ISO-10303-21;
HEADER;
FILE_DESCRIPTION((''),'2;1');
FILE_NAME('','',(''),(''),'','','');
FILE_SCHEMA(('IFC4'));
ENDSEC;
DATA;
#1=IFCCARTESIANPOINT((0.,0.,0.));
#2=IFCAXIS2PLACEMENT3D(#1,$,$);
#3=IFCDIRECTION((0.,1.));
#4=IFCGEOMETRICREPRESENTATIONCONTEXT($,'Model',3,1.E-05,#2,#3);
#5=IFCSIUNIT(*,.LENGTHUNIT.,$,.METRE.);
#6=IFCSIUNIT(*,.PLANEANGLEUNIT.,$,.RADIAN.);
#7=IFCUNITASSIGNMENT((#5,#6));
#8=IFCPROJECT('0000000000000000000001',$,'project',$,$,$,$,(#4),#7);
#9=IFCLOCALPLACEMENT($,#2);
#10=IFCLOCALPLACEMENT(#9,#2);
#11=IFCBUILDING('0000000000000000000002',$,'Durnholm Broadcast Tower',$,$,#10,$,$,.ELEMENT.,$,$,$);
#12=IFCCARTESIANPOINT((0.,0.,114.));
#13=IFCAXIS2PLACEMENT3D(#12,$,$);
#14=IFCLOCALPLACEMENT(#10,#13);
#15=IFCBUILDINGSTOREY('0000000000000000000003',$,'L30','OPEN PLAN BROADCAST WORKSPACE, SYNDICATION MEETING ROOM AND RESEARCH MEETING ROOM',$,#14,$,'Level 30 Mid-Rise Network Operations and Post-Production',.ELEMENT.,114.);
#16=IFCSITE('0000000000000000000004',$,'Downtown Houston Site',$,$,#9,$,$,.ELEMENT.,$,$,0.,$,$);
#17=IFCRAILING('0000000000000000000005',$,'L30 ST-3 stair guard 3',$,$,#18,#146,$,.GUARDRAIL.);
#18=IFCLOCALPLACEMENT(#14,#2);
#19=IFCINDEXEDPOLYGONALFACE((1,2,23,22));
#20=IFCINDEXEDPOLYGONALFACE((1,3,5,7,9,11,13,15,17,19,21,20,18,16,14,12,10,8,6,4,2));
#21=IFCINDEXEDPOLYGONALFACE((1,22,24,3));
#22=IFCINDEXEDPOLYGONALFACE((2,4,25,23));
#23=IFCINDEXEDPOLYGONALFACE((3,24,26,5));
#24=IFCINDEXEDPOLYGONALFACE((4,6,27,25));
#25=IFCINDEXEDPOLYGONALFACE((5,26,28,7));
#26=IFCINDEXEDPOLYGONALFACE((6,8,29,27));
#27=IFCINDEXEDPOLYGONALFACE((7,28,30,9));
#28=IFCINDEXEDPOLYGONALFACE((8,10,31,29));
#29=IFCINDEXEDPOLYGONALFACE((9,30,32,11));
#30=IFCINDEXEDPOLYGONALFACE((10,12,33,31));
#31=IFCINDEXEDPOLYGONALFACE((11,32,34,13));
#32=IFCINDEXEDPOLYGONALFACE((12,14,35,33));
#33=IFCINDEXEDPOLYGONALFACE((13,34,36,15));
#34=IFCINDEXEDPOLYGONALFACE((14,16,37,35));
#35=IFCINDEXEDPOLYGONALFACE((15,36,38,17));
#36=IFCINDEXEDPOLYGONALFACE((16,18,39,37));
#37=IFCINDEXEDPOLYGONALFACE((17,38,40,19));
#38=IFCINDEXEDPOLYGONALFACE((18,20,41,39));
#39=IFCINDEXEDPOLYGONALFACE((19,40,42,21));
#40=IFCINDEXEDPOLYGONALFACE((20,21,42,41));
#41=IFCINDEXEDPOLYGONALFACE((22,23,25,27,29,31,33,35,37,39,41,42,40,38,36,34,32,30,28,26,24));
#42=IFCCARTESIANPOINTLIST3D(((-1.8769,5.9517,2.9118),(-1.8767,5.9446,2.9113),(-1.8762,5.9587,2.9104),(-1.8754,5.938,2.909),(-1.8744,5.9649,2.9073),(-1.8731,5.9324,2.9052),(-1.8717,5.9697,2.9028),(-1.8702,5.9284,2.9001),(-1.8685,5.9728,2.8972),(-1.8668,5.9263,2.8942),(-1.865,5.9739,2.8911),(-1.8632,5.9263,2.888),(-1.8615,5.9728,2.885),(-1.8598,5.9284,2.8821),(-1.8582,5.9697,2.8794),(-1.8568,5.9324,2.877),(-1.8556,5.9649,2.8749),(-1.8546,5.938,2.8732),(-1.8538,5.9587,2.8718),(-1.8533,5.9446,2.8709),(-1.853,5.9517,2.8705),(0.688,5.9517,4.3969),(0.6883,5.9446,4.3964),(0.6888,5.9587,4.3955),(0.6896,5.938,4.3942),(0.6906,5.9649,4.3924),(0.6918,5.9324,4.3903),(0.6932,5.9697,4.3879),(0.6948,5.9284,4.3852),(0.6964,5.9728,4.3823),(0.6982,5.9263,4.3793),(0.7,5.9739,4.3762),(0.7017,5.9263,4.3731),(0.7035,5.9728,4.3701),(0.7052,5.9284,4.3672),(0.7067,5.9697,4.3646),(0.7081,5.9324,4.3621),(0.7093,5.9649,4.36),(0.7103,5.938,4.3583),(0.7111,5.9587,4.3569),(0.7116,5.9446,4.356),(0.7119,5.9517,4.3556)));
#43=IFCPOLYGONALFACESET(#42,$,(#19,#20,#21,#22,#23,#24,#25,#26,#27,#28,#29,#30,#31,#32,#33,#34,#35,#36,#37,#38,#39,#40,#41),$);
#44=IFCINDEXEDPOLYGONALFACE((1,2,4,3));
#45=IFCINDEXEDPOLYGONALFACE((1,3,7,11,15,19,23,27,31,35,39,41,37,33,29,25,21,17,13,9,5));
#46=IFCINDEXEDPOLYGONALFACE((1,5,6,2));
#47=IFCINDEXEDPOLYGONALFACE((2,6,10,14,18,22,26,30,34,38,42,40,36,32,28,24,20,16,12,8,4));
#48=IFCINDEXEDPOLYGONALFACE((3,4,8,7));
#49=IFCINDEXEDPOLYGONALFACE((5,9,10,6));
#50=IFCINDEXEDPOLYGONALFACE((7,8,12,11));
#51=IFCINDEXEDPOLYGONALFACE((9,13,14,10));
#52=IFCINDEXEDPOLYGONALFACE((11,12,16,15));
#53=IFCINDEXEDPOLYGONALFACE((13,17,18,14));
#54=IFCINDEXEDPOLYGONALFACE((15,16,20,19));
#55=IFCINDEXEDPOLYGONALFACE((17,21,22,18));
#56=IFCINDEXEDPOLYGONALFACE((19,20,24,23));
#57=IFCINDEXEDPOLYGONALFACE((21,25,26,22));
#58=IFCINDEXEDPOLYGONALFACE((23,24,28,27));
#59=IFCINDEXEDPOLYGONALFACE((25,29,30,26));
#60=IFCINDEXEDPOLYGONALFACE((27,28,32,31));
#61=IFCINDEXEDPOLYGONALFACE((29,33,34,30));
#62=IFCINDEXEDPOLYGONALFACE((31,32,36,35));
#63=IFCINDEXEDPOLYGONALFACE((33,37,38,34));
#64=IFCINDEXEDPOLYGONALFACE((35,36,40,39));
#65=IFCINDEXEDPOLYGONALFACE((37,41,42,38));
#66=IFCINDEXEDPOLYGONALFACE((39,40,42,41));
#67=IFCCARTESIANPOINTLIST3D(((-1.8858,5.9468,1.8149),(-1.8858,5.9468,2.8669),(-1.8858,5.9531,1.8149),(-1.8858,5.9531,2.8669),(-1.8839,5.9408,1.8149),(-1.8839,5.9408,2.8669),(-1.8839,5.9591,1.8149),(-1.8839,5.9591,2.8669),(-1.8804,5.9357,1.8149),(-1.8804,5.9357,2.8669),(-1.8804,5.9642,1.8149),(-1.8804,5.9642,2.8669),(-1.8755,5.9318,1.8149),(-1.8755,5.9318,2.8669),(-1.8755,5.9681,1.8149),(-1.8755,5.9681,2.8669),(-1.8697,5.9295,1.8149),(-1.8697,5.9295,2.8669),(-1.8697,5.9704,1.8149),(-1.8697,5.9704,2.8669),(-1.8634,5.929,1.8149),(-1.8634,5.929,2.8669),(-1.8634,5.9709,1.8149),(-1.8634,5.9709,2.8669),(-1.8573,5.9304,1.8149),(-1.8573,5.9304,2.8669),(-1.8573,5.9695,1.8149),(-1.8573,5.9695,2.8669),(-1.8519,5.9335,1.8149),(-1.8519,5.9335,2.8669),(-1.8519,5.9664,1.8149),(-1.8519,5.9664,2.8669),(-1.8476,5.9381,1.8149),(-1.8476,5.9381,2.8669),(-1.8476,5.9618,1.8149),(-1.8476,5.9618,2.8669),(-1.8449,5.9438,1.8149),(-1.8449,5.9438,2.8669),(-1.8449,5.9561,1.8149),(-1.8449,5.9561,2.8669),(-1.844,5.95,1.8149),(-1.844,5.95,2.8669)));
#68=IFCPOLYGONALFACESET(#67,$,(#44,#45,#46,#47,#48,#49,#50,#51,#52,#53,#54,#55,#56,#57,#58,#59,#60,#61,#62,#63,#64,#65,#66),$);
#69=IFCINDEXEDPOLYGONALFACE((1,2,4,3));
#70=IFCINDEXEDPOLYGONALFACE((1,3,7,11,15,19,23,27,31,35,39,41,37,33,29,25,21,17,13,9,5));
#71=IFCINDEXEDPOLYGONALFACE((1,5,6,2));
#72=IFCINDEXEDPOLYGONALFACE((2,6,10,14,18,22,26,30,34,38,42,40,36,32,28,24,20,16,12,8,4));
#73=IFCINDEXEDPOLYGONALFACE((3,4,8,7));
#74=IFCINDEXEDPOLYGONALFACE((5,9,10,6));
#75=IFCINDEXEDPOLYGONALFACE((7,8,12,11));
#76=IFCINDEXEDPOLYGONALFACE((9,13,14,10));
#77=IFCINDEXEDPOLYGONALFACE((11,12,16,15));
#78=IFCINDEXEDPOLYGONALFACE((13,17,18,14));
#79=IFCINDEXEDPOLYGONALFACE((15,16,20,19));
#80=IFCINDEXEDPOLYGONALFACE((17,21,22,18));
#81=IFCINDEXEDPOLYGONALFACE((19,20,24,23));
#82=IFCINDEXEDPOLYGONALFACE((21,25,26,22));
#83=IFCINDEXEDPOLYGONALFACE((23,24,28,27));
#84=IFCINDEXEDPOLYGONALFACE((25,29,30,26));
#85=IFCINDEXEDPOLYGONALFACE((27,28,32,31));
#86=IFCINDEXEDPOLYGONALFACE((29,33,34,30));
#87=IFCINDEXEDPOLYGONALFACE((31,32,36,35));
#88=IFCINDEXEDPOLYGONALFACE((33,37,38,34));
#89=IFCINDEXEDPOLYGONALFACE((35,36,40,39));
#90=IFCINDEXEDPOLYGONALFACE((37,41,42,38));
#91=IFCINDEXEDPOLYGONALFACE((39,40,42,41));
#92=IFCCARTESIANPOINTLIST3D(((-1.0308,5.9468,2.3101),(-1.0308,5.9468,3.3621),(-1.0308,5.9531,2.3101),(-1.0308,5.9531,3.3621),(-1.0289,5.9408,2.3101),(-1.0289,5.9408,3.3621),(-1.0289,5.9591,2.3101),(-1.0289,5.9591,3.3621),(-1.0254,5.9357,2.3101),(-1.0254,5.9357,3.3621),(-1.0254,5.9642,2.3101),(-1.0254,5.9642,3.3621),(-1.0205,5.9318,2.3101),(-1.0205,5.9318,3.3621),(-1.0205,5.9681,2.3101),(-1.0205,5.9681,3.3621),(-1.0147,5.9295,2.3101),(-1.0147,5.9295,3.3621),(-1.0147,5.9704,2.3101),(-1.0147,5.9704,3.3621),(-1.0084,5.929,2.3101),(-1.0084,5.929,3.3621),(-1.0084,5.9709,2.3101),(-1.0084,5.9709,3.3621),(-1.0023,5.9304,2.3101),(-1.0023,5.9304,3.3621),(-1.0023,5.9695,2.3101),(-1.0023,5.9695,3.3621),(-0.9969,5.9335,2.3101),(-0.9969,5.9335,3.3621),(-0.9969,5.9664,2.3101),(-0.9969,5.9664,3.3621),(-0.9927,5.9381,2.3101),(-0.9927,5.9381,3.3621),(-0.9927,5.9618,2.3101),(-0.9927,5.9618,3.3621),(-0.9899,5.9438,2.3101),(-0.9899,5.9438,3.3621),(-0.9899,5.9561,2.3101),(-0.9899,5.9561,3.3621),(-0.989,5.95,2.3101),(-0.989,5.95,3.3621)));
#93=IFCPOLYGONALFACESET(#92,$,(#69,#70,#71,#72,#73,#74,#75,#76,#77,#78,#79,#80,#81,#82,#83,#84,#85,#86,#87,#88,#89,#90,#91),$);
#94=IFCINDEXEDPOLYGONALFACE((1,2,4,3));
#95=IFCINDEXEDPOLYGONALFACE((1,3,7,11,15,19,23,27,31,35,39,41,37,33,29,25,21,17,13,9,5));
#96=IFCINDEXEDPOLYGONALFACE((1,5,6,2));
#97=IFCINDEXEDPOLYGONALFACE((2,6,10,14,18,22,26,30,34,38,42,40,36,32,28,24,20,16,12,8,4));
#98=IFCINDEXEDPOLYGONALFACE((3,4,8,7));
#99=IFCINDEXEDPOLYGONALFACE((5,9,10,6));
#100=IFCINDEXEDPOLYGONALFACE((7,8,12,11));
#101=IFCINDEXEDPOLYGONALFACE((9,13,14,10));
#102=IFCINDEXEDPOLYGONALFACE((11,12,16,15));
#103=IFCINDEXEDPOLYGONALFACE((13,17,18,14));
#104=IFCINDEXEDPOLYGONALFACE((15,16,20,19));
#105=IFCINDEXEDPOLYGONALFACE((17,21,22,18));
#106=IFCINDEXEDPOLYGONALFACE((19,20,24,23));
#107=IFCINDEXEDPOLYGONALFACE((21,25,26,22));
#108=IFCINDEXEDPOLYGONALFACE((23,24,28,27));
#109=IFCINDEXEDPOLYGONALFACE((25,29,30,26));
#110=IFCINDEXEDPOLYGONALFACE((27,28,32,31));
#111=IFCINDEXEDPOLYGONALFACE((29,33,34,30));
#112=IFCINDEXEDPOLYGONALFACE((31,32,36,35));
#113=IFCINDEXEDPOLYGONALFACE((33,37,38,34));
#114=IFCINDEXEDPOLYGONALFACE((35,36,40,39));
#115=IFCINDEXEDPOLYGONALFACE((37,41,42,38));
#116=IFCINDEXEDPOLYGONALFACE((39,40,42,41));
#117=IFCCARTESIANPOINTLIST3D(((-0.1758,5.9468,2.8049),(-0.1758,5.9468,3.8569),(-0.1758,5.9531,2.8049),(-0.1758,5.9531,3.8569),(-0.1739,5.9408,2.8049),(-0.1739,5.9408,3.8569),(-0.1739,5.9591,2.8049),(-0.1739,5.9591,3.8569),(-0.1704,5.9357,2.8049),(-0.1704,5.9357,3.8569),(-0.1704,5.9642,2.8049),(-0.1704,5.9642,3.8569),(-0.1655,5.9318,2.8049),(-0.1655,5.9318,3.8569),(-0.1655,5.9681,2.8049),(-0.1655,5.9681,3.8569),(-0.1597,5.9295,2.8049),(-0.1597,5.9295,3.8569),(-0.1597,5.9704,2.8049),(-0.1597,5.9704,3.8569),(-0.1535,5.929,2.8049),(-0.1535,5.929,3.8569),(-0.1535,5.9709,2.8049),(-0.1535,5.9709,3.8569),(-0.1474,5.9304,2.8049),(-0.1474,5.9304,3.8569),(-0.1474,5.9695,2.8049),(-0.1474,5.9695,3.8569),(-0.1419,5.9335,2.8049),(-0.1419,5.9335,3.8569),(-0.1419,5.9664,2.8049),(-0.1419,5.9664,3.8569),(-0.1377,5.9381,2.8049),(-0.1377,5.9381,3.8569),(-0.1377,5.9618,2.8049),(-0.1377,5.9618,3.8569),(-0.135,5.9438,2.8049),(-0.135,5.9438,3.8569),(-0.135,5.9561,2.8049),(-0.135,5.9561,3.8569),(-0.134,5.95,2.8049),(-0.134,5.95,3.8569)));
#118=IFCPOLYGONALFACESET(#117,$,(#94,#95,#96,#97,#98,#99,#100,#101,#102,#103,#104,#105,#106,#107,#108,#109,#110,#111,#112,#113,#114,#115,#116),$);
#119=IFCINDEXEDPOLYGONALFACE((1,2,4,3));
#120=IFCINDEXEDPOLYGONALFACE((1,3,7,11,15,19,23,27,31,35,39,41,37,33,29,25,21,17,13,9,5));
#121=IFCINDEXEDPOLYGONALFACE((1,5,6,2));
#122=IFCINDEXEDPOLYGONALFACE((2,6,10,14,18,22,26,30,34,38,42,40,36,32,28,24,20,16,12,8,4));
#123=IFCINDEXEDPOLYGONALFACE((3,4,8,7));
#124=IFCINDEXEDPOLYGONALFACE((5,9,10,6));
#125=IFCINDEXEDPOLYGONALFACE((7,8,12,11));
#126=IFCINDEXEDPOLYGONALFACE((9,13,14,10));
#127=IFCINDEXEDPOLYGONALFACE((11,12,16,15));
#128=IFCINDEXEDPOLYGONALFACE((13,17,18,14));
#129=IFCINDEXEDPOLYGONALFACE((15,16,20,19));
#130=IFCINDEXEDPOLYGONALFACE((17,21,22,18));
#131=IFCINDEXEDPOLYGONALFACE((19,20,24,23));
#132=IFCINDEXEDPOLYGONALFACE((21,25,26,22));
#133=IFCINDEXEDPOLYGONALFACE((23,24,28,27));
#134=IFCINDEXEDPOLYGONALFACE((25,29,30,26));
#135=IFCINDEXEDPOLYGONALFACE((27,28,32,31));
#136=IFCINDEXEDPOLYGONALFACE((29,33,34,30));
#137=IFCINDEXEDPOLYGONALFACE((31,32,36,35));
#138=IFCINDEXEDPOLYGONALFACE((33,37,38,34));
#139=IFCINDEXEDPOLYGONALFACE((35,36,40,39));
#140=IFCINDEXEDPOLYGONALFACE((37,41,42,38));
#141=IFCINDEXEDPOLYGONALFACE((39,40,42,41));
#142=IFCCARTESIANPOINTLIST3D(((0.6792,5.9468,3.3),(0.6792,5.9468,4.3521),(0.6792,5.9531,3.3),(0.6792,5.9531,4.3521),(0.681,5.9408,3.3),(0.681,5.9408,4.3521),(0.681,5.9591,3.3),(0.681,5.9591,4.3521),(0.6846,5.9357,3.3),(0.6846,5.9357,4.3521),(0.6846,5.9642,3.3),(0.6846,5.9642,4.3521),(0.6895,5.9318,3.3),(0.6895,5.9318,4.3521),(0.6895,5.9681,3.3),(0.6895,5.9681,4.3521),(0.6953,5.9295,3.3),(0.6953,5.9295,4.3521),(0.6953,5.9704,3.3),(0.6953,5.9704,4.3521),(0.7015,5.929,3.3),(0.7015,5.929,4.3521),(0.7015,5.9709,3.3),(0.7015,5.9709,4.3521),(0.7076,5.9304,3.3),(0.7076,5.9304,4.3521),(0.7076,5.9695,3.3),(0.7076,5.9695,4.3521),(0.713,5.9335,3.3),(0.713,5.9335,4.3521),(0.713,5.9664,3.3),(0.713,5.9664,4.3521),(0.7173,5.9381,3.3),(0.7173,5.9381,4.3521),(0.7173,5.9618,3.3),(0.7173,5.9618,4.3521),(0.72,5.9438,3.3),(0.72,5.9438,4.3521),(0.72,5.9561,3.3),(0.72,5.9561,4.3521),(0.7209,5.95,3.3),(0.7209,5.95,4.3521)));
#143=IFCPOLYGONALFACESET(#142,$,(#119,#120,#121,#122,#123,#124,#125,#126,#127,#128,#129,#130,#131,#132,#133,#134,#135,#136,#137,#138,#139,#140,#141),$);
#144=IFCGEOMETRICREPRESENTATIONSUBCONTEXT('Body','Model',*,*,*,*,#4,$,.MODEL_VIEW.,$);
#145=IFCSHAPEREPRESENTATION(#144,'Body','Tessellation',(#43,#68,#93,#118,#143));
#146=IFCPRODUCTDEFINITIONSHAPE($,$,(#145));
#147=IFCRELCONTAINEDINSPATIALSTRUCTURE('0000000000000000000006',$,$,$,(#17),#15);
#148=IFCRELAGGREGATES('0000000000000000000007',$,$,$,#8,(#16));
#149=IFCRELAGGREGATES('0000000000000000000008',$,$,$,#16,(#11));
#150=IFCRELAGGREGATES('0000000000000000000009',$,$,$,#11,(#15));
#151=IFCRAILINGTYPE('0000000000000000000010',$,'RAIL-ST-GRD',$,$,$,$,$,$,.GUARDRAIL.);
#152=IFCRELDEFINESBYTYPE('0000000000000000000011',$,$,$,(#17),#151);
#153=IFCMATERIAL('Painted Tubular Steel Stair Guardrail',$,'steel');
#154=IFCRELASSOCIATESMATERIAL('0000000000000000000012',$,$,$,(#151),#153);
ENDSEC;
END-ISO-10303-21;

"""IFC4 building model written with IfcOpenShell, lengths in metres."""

from ifc_helpers import new_model, si_unit, direction, frame, origin, origin_2d, place, context, subcontext, project, spatial, circle, extrude, material, type_object, element, save


model = new_model("IFC4")

# Units and contexts
model_context = context("Model", 3, precision=1e-05, world=origin(), true_north=direction((0.0, 1.0)))
body_context = subcontext(model_context, "Body", "Model", "MODEL_VIEW")
ifc_project = project(units=[si_unit("LENGTHUNIT", "METRE"), si_unit("PLANEANGLEUNIT", "RADIAN")], contexts=[model_context])

# Site, building, storey
site_placement = place(None, origin())
site = spatial("IfcSite", under=ifc_project, at=site_placement, Name="Downtown Houston Site", CompositionType="ELEMENT", RefElevation=0.0)
building_placement = place(site_placement, origin())
building = spatial("IfcBuilding", under=site, at=building_placement, Name="Durnholm Broadcast Tower", CompositionType="ELEMENT")
storey_placement = place(building_placement, frame((0.0, 0.0, 114.0)))
storey = spatial("IfcBuildingStorey", under=building, at=storey_placement, Name="L30", Description="OPEN PLAN BROADCAST WORKSPACE, SYNDICATION MEETING ROOM AND RESEARCH MEETING ROOM", LongName="Level 30 Mid-Rise Network Operations and Post-Production", CompositionType="ELEMENT", Elevation=114.0)

# Railing
ifc_material_1 = material(Name="Painted Tubular Steel Stair Guardrail", Category="steel")
railing_type_1 = type_object("IfcRailingType", Name="RAIL-ST-GRD", PredefinedType="GUARDRAIL", material=ifc_material_1)
railing_1_placement = place(storey_placement, frame((-1.865, 5.95, 1.8149)))
element("IfcRailing", 1, at=railing_1_placement, inside=storey, type_object=railing_type_1, Name="L30 ST-3 stair guard 3", PredefinedType="GUARDRAIL", context=body_context, shape_type="SweptSolid", body=[
    extrude(circle(Radius=0.0239, at=origin_2d()), frame((0.0, 0.0, 1.0762), z_axis=(0.865406, 0.0, 0.501072), x_axis=(0.0, 1.0, 0.0)), (0.0, 0.0, 1.0), 2.9639),
    extrude(circle(Radius=0.021, at=origin_2d()), origin(), (0.0, 0.0, 1.0), 1.052),
    extrude(circle(Radius=0.021, at=origin_2d()), frame((0.855, 0.0, 0.4951)), (0.0, 0.0, 1.0), 1.052),
    extrude(circle(Radius=0.021, at=origin_2d()), frame((1.71, 0.0, 0.99)), (0.0, 0.0, 1.0), 1.052),
    extrude(circle(Radius=0.021, at=origin_2d()), frame((2.5649, 0.0, 1.4851)), (0.0, 0.0, 1.0), 1.052),
])

save(model, "model.ifc")
